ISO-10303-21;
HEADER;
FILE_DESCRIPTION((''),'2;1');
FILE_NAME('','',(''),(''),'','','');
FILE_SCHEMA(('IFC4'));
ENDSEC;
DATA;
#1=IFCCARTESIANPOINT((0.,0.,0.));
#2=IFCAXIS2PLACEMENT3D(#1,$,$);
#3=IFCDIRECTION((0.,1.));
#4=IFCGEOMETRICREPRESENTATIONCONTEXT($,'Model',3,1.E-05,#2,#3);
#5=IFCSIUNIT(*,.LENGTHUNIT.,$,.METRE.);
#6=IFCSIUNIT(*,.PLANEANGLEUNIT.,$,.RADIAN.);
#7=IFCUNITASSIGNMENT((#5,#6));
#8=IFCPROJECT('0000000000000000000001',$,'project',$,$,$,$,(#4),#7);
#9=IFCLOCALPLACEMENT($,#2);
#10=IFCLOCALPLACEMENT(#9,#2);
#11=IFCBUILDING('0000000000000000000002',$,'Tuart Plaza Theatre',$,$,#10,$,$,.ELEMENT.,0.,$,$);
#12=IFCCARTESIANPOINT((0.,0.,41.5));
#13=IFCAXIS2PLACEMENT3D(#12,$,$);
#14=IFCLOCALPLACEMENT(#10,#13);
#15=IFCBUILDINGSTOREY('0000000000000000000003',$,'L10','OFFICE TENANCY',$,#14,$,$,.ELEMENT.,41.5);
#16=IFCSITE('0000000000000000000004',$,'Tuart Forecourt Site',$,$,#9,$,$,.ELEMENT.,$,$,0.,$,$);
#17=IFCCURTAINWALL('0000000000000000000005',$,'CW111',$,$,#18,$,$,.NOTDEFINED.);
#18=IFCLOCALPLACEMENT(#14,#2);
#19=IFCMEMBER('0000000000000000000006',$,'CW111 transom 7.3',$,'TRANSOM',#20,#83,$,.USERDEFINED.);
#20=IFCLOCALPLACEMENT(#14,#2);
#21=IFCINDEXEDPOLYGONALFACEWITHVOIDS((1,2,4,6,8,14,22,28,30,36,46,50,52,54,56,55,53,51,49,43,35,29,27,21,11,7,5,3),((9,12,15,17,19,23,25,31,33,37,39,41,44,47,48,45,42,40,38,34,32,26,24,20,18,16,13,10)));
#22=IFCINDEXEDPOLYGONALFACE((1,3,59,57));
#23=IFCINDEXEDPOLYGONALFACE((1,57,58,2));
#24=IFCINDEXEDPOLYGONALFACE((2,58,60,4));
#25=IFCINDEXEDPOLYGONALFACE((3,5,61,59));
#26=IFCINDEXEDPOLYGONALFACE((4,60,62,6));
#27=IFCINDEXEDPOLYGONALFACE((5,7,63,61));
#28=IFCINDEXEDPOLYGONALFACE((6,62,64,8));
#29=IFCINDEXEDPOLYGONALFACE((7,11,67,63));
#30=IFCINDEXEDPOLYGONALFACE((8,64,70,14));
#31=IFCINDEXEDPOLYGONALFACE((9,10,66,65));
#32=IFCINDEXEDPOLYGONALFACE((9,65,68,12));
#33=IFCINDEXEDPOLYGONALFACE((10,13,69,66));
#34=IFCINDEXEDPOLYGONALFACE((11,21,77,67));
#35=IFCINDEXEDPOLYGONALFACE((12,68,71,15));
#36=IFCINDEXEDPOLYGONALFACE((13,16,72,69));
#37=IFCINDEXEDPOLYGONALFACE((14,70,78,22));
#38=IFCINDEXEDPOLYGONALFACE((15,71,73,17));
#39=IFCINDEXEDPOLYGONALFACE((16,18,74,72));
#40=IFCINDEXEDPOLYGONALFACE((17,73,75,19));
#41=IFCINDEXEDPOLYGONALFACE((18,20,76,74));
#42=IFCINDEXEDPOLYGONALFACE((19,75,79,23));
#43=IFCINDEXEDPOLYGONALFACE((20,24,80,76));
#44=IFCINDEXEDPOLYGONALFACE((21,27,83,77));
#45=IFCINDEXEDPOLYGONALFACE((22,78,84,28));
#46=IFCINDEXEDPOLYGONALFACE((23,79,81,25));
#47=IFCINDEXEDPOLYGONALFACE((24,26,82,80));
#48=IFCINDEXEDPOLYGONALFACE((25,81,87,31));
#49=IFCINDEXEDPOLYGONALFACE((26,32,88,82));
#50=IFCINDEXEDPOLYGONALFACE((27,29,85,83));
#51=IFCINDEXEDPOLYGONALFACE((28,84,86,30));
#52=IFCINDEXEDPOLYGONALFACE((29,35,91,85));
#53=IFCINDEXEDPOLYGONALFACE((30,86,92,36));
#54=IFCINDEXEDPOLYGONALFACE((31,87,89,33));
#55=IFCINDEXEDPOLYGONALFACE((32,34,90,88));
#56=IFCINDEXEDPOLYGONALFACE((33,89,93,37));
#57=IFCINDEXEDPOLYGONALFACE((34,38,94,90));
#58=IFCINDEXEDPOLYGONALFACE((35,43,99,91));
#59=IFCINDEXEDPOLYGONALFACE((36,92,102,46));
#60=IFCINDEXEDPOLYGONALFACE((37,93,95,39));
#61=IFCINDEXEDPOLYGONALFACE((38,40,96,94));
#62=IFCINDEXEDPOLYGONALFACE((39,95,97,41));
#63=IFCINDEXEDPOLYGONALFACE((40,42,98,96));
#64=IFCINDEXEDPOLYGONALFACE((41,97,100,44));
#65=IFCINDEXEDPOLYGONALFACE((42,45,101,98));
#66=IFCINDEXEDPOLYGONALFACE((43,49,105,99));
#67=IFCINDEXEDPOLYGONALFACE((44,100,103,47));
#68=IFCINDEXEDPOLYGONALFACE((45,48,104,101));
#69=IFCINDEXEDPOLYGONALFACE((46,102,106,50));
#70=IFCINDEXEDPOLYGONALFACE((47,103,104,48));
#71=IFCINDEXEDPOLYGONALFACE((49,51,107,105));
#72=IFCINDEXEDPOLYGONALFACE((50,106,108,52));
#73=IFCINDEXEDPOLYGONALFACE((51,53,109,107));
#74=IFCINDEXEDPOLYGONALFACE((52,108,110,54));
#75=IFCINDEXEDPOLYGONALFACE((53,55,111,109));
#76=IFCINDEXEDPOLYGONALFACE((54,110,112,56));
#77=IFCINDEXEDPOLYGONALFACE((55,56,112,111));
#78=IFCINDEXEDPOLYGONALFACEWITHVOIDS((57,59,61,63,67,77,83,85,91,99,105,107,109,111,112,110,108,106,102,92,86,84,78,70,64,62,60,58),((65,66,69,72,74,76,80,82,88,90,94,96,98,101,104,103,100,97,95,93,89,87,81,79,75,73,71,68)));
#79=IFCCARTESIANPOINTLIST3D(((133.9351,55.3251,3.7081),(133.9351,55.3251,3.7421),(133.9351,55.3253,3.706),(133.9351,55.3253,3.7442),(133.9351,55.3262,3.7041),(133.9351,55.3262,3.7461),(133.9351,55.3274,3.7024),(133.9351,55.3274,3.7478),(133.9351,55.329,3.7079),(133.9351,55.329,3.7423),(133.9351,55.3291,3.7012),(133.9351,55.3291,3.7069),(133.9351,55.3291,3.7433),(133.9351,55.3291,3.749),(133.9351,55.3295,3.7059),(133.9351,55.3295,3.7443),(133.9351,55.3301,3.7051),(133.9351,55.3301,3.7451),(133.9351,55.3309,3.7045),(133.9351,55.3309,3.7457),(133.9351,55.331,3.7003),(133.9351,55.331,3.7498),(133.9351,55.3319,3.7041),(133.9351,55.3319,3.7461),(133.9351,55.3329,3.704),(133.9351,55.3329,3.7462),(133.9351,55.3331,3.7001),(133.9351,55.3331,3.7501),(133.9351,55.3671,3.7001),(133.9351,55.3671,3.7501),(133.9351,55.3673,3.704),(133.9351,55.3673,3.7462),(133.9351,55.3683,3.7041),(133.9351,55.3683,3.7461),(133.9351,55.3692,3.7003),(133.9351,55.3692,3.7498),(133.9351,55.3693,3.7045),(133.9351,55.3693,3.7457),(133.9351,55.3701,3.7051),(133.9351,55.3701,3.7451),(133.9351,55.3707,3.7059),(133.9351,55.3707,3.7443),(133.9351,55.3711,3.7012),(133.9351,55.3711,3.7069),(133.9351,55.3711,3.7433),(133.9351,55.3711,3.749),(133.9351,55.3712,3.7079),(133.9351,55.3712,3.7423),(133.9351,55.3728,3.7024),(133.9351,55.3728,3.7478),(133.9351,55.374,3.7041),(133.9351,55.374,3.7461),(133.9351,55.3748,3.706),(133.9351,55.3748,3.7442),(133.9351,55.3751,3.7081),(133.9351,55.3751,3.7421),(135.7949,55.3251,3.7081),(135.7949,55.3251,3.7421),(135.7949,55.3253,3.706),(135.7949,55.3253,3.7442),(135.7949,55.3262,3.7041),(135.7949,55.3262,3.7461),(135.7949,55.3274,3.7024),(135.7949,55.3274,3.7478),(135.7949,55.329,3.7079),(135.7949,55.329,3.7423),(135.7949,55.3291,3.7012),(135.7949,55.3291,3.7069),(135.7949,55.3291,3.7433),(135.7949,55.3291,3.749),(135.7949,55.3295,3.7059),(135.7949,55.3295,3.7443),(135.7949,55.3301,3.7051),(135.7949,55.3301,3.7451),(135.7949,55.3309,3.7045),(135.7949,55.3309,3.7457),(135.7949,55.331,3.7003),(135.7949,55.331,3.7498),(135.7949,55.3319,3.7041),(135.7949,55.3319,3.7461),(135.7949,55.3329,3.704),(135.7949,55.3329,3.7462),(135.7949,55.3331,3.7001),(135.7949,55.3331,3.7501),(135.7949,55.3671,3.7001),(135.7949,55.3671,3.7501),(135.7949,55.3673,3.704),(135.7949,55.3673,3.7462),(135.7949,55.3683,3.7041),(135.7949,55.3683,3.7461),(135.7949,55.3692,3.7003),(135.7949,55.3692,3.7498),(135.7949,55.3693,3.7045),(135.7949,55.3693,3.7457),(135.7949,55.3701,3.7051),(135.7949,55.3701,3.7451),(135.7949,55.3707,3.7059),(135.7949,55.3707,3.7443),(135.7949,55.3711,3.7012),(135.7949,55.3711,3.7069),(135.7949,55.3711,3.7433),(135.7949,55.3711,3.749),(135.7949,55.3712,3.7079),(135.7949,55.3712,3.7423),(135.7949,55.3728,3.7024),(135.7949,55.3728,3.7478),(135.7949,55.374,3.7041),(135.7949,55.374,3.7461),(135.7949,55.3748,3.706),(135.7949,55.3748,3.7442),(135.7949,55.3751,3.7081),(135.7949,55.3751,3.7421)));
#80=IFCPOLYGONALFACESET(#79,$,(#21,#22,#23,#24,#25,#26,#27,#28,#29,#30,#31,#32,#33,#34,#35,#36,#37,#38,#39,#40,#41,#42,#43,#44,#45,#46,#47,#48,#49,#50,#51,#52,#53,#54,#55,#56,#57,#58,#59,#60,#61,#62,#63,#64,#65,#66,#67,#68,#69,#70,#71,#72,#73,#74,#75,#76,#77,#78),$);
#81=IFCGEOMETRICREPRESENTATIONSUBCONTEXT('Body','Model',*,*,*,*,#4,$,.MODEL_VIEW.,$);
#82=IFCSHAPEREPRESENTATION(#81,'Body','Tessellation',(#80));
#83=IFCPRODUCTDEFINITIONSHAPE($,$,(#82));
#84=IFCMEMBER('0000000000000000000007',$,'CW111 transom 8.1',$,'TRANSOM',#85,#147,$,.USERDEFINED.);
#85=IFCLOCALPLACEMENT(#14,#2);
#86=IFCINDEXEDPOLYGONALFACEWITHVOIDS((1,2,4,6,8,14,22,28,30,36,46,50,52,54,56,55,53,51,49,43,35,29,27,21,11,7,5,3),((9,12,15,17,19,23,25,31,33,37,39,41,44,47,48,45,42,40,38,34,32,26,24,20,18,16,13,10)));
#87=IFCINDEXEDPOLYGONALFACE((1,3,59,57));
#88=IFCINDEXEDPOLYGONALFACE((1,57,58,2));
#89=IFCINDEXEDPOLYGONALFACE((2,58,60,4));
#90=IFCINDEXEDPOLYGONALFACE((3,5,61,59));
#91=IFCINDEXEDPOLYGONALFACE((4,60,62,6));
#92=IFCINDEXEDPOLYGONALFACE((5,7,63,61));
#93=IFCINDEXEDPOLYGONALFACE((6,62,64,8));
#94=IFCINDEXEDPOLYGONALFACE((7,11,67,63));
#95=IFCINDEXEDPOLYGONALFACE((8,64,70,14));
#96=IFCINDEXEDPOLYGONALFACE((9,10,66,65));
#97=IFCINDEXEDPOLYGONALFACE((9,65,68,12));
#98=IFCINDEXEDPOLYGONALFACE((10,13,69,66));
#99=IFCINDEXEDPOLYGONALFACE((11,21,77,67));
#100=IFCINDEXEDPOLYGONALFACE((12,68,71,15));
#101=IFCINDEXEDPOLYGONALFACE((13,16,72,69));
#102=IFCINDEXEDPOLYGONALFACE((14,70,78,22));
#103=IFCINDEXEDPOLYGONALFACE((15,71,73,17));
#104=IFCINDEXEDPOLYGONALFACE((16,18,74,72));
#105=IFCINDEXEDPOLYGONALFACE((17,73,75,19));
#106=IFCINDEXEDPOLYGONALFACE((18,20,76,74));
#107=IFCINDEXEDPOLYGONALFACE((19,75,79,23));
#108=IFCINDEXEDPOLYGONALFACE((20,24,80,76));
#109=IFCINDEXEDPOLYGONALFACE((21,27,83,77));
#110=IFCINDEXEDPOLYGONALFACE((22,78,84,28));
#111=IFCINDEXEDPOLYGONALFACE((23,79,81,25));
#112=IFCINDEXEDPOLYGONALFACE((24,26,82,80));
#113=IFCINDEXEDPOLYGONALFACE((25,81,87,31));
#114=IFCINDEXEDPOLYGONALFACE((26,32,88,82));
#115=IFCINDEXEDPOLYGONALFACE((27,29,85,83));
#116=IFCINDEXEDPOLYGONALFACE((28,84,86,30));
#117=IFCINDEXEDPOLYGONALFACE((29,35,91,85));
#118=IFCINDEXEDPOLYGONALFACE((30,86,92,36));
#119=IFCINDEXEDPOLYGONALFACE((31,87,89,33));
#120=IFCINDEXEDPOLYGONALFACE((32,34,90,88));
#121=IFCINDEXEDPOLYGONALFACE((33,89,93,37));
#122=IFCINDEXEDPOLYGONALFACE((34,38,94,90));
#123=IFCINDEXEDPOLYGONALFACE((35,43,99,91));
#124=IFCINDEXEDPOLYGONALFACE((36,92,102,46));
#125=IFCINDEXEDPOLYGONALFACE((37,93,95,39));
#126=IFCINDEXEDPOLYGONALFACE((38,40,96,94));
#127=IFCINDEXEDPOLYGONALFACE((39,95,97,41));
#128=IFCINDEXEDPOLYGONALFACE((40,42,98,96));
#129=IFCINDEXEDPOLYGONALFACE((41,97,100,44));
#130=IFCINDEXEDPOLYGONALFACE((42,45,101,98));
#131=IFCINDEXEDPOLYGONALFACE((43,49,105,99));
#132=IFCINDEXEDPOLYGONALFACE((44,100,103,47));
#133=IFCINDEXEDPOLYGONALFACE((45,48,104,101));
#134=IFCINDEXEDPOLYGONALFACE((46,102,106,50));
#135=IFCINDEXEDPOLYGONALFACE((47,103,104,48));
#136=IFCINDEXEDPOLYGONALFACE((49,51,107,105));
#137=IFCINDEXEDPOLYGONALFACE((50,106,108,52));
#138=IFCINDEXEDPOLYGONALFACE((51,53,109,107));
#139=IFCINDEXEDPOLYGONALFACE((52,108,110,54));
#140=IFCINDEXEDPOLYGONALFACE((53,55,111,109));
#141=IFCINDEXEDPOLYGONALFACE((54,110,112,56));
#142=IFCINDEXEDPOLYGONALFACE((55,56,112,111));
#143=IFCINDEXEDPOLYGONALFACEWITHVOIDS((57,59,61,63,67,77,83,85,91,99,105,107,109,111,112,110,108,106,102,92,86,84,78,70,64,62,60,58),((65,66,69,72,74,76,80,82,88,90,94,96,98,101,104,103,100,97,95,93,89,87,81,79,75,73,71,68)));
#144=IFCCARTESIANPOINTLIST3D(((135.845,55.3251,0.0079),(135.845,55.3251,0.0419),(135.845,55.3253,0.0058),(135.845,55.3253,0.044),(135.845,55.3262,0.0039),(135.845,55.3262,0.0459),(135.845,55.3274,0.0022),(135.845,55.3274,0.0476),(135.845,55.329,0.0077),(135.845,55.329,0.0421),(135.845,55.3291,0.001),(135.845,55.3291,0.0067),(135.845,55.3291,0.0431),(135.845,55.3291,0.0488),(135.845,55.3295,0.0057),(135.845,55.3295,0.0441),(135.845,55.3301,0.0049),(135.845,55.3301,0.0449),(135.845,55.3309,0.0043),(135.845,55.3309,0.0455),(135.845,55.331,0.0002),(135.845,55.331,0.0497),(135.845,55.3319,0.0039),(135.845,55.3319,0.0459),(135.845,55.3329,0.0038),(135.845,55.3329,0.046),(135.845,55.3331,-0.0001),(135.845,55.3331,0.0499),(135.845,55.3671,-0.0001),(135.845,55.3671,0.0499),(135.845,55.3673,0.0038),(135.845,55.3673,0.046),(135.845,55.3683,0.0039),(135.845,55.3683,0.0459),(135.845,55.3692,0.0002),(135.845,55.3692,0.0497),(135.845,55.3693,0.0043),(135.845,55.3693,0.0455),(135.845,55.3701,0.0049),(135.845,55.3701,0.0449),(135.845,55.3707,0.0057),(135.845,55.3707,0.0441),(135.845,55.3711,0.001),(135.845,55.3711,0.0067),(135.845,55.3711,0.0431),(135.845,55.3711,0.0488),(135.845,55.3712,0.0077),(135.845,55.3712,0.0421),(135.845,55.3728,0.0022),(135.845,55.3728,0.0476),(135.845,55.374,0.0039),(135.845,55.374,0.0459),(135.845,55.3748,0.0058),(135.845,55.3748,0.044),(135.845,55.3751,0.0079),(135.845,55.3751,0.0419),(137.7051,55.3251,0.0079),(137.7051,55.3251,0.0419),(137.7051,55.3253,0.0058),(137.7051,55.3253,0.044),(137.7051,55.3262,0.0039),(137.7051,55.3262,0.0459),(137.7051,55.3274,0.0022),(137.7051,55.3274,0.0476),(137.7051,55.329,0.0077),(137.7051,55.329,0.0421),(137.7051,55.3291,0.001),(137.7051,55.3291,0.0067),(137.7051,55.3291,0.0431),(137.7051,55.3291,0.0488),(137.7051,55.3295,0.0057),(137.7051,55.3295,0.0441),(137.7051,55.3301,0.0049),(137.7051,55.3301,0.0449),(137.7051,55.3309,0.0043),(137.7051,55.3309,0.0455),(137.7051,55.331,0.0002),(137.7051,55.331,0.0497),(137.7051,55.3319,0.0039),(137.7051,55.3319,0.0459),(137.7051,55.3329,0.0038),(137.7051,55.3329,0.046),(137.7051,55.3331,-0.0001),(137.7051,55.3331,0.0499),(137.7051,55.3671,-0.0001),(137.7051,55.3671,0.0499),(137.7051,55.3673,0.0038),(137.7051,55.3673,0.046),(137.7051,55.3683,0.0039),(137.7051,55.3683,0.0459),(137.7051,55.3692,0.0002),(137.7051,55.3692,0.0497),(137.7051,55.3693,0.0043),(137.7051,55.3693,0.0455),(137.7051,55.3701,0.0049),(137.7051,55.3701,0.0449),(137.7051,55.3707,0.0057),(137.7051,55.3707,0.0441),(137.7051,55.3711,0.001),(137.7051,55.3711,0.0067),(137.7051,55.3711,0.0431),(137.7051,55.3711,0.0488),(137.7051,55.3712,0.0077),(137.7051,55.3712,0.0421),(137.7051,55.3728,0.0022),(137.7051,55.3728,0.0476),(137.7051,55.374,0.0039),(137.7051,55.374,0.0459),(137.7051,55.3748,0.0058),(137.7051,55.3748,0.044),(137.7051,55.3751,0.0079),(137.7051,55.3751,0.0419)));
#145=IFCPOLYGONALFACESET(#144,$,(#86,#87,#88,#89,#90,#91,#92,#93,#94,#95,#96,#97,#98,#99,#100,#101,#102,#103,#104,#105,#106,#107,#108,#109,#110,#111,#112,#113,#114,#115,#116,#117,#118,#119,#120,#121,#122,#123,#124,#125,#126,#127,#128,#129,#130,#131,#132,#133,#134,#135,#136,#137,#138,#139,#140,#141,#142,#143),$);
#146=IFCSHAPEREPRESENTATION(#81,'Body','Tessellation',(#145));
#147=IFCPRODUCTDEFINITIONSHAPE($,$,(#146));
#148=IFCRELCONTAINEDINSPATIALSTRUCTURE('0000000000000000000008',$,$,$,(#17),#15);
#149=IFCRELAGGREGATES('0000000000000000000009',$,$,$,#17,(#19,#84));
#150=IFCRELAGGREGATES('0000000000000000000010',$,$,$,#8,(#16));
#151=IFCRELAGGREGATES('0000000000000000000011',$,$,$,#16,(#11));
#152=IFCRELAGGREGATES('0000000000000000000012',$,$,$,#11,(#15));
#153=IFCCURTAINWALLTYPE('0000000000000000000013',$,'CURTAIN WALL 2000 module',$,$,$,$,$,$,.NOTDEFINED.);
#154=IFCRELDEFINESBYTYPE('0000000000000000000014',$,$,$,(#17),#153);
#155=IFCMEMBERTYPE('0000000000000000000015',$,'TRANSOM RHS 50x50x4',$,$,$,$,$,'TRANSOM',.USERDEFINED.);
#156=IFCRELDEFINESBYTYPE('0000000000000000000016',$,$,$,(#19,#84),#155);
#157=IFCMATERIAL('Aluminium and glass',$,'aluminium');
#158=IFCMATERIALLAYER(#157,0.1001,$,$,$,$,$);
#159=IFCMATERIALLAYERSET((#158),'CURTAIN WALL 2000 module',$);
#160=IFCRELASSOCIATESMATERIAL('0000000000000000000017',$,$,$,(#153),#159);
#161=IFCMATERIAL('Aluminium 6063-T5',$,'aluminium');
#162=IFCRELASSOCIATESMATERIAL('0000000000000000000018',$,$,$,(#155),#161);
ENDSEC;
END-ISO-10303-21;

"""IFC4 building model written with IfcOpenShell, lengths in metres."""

from ifc_helpers import new_model, si_unit, direction, frame, origin, origin_2d, place, context, subcontext, project, spatial, hollow_rectangle, extrude, material, layer, layer_set, material_profile, profile_set, type_object, element, aggregate, save


model = new_model("IFC4")

# Units and contexts
model_context = context("Model", 3, precision=1e-05, world=origin(), true_north=direction((0.0, 1.0)))
body_context = subcontext(model_context, "Body", "Model", "MODEL_VIEW")
ifc_project = project(units=[si_unit("LENGTHUNIT", "METRE"), si_unit("PLANEANGLEUNIT", "RADIAN")], contexts=[model_context])

# Site, building, storey
site_placement = place(None, origin())
site = spatial("IfcSite", under=ifc_project, at=site_placement, Name="Tuart Forecourt Site", CompositionType="ELEMENT", RefElevation=0.0)
building_placement = place(site_placement, origin())
building = spatial("IfcBuilding", under=site, at=building_placement, Name="Tuart Plaza Theatre", CompositionType="ELEMENT", ElevationOfRefHeight=0.0)
storey_placement = place(building_placement, frame((0.0, 0.0, 41.5)))
storey = spatial("IfcBuildingStorey", under=building, at=storey_placement, Name="L10", Description="OFFICE TENANCY", CompositionType="ELEMENT", Elevation=41.5)

# Curtain wall, members
ifc_material_1 = material(Name="Aluminium and glass", Category="aluminium")
ifc_layer_1 = layer(ifc_material_1, 0.1001)
ifc_layer_set_1 = layer_set([ifc_layer_1], Name="CURTAIN WALL 2000 module")
curtain_wall_type = type_object("IfcCurtainWallType", Name="CURTAIN WALL 2000 module", PredefinedType="NOTDEFINED", material=ifc_layer_set_1)
curtain_wall_placement = place(storey_placement, origin())
curtain_wall = element("IfcCurtainWall", 1, at=curtain_wall_placement, inside=storey, type_object=curtain_wall_type, Name="CW111", PredefinedType="NOTDEFINED")
ifc_material_2 = material(Name="Aluminium 6063-T5", Category="aluminium")
ifc_material_profile_1 = material_profile(ifc_material_2, hollow_rectangle(XDim=0.05, YDim=0.05, WallThickness=0.0039, InnerFilletRadius=0.0039, OuterFilletRadius=0.0081, at=origin_2d()), Name="RHS 50x50x4")
ifc_profile_set_1 = profile_set([ifc_material_profile_1], Name="Aluminium 6063-T5")
member_type_1 = type_object("IfcMemberType", Name="TRANSOM RHS 50x50x4", ElementType="TRANSOM", PredefinedType="USERDEFINED", material=ifc_profile_set_1)
member_1_placement = place(storey_placement, frame((133.9351, 55.3501, 3.7251), z_axis=(1.0, 0.0, 0.0), x_axis=(0.0, 1.0, 0.0)))
member_1 = element("IfcMember", 2, at=member_1_placement, type_object=member_type_1, Name="CW111 transom 7.3", ObjectType="TRANSOM", PredefinedType="USERDEFINED", context=body_context, shape_type="SweptSolid", body=[
    extrude(hollow_rectangle(XDim=0.05, YDim=0.05, WallThickness=0.0039, InnerFilletRadius=0.0039, OuterFilletRadius=0.0081, at=origin_2d()), origin(), (0.0, 0.0, 1.0), 1.8599),
])
member_2_placement = place(storey_placement, frame((135.845, 55.3501, 0.0249), z_axis=(1.0, 0.0, 0.0), x_axis=(0.0, 1.0, 0.0)))
member_2 = element("IfcMember", 3, at=member_2_placement, type_object=member_type_1, Name="CW111 transom 8.1", ObjectType="TRANSOM", PredefinedType="USERDEFINED", context=body_context, shape_type="SweptSolid", body=[
    extrude(hollow_rectangle(XDim=0.05, YDim=0.05, WallThickness=0.0039, InnerFilletRadius=0.0039, OuterFilletRadius=0.0081, at=origin_2d()), origin(), (0.0, 0.0, 1.0), 1.8601),
])
aggregate(curtain_wall, [member_1, member_2])

save(model, "model.ifc")
